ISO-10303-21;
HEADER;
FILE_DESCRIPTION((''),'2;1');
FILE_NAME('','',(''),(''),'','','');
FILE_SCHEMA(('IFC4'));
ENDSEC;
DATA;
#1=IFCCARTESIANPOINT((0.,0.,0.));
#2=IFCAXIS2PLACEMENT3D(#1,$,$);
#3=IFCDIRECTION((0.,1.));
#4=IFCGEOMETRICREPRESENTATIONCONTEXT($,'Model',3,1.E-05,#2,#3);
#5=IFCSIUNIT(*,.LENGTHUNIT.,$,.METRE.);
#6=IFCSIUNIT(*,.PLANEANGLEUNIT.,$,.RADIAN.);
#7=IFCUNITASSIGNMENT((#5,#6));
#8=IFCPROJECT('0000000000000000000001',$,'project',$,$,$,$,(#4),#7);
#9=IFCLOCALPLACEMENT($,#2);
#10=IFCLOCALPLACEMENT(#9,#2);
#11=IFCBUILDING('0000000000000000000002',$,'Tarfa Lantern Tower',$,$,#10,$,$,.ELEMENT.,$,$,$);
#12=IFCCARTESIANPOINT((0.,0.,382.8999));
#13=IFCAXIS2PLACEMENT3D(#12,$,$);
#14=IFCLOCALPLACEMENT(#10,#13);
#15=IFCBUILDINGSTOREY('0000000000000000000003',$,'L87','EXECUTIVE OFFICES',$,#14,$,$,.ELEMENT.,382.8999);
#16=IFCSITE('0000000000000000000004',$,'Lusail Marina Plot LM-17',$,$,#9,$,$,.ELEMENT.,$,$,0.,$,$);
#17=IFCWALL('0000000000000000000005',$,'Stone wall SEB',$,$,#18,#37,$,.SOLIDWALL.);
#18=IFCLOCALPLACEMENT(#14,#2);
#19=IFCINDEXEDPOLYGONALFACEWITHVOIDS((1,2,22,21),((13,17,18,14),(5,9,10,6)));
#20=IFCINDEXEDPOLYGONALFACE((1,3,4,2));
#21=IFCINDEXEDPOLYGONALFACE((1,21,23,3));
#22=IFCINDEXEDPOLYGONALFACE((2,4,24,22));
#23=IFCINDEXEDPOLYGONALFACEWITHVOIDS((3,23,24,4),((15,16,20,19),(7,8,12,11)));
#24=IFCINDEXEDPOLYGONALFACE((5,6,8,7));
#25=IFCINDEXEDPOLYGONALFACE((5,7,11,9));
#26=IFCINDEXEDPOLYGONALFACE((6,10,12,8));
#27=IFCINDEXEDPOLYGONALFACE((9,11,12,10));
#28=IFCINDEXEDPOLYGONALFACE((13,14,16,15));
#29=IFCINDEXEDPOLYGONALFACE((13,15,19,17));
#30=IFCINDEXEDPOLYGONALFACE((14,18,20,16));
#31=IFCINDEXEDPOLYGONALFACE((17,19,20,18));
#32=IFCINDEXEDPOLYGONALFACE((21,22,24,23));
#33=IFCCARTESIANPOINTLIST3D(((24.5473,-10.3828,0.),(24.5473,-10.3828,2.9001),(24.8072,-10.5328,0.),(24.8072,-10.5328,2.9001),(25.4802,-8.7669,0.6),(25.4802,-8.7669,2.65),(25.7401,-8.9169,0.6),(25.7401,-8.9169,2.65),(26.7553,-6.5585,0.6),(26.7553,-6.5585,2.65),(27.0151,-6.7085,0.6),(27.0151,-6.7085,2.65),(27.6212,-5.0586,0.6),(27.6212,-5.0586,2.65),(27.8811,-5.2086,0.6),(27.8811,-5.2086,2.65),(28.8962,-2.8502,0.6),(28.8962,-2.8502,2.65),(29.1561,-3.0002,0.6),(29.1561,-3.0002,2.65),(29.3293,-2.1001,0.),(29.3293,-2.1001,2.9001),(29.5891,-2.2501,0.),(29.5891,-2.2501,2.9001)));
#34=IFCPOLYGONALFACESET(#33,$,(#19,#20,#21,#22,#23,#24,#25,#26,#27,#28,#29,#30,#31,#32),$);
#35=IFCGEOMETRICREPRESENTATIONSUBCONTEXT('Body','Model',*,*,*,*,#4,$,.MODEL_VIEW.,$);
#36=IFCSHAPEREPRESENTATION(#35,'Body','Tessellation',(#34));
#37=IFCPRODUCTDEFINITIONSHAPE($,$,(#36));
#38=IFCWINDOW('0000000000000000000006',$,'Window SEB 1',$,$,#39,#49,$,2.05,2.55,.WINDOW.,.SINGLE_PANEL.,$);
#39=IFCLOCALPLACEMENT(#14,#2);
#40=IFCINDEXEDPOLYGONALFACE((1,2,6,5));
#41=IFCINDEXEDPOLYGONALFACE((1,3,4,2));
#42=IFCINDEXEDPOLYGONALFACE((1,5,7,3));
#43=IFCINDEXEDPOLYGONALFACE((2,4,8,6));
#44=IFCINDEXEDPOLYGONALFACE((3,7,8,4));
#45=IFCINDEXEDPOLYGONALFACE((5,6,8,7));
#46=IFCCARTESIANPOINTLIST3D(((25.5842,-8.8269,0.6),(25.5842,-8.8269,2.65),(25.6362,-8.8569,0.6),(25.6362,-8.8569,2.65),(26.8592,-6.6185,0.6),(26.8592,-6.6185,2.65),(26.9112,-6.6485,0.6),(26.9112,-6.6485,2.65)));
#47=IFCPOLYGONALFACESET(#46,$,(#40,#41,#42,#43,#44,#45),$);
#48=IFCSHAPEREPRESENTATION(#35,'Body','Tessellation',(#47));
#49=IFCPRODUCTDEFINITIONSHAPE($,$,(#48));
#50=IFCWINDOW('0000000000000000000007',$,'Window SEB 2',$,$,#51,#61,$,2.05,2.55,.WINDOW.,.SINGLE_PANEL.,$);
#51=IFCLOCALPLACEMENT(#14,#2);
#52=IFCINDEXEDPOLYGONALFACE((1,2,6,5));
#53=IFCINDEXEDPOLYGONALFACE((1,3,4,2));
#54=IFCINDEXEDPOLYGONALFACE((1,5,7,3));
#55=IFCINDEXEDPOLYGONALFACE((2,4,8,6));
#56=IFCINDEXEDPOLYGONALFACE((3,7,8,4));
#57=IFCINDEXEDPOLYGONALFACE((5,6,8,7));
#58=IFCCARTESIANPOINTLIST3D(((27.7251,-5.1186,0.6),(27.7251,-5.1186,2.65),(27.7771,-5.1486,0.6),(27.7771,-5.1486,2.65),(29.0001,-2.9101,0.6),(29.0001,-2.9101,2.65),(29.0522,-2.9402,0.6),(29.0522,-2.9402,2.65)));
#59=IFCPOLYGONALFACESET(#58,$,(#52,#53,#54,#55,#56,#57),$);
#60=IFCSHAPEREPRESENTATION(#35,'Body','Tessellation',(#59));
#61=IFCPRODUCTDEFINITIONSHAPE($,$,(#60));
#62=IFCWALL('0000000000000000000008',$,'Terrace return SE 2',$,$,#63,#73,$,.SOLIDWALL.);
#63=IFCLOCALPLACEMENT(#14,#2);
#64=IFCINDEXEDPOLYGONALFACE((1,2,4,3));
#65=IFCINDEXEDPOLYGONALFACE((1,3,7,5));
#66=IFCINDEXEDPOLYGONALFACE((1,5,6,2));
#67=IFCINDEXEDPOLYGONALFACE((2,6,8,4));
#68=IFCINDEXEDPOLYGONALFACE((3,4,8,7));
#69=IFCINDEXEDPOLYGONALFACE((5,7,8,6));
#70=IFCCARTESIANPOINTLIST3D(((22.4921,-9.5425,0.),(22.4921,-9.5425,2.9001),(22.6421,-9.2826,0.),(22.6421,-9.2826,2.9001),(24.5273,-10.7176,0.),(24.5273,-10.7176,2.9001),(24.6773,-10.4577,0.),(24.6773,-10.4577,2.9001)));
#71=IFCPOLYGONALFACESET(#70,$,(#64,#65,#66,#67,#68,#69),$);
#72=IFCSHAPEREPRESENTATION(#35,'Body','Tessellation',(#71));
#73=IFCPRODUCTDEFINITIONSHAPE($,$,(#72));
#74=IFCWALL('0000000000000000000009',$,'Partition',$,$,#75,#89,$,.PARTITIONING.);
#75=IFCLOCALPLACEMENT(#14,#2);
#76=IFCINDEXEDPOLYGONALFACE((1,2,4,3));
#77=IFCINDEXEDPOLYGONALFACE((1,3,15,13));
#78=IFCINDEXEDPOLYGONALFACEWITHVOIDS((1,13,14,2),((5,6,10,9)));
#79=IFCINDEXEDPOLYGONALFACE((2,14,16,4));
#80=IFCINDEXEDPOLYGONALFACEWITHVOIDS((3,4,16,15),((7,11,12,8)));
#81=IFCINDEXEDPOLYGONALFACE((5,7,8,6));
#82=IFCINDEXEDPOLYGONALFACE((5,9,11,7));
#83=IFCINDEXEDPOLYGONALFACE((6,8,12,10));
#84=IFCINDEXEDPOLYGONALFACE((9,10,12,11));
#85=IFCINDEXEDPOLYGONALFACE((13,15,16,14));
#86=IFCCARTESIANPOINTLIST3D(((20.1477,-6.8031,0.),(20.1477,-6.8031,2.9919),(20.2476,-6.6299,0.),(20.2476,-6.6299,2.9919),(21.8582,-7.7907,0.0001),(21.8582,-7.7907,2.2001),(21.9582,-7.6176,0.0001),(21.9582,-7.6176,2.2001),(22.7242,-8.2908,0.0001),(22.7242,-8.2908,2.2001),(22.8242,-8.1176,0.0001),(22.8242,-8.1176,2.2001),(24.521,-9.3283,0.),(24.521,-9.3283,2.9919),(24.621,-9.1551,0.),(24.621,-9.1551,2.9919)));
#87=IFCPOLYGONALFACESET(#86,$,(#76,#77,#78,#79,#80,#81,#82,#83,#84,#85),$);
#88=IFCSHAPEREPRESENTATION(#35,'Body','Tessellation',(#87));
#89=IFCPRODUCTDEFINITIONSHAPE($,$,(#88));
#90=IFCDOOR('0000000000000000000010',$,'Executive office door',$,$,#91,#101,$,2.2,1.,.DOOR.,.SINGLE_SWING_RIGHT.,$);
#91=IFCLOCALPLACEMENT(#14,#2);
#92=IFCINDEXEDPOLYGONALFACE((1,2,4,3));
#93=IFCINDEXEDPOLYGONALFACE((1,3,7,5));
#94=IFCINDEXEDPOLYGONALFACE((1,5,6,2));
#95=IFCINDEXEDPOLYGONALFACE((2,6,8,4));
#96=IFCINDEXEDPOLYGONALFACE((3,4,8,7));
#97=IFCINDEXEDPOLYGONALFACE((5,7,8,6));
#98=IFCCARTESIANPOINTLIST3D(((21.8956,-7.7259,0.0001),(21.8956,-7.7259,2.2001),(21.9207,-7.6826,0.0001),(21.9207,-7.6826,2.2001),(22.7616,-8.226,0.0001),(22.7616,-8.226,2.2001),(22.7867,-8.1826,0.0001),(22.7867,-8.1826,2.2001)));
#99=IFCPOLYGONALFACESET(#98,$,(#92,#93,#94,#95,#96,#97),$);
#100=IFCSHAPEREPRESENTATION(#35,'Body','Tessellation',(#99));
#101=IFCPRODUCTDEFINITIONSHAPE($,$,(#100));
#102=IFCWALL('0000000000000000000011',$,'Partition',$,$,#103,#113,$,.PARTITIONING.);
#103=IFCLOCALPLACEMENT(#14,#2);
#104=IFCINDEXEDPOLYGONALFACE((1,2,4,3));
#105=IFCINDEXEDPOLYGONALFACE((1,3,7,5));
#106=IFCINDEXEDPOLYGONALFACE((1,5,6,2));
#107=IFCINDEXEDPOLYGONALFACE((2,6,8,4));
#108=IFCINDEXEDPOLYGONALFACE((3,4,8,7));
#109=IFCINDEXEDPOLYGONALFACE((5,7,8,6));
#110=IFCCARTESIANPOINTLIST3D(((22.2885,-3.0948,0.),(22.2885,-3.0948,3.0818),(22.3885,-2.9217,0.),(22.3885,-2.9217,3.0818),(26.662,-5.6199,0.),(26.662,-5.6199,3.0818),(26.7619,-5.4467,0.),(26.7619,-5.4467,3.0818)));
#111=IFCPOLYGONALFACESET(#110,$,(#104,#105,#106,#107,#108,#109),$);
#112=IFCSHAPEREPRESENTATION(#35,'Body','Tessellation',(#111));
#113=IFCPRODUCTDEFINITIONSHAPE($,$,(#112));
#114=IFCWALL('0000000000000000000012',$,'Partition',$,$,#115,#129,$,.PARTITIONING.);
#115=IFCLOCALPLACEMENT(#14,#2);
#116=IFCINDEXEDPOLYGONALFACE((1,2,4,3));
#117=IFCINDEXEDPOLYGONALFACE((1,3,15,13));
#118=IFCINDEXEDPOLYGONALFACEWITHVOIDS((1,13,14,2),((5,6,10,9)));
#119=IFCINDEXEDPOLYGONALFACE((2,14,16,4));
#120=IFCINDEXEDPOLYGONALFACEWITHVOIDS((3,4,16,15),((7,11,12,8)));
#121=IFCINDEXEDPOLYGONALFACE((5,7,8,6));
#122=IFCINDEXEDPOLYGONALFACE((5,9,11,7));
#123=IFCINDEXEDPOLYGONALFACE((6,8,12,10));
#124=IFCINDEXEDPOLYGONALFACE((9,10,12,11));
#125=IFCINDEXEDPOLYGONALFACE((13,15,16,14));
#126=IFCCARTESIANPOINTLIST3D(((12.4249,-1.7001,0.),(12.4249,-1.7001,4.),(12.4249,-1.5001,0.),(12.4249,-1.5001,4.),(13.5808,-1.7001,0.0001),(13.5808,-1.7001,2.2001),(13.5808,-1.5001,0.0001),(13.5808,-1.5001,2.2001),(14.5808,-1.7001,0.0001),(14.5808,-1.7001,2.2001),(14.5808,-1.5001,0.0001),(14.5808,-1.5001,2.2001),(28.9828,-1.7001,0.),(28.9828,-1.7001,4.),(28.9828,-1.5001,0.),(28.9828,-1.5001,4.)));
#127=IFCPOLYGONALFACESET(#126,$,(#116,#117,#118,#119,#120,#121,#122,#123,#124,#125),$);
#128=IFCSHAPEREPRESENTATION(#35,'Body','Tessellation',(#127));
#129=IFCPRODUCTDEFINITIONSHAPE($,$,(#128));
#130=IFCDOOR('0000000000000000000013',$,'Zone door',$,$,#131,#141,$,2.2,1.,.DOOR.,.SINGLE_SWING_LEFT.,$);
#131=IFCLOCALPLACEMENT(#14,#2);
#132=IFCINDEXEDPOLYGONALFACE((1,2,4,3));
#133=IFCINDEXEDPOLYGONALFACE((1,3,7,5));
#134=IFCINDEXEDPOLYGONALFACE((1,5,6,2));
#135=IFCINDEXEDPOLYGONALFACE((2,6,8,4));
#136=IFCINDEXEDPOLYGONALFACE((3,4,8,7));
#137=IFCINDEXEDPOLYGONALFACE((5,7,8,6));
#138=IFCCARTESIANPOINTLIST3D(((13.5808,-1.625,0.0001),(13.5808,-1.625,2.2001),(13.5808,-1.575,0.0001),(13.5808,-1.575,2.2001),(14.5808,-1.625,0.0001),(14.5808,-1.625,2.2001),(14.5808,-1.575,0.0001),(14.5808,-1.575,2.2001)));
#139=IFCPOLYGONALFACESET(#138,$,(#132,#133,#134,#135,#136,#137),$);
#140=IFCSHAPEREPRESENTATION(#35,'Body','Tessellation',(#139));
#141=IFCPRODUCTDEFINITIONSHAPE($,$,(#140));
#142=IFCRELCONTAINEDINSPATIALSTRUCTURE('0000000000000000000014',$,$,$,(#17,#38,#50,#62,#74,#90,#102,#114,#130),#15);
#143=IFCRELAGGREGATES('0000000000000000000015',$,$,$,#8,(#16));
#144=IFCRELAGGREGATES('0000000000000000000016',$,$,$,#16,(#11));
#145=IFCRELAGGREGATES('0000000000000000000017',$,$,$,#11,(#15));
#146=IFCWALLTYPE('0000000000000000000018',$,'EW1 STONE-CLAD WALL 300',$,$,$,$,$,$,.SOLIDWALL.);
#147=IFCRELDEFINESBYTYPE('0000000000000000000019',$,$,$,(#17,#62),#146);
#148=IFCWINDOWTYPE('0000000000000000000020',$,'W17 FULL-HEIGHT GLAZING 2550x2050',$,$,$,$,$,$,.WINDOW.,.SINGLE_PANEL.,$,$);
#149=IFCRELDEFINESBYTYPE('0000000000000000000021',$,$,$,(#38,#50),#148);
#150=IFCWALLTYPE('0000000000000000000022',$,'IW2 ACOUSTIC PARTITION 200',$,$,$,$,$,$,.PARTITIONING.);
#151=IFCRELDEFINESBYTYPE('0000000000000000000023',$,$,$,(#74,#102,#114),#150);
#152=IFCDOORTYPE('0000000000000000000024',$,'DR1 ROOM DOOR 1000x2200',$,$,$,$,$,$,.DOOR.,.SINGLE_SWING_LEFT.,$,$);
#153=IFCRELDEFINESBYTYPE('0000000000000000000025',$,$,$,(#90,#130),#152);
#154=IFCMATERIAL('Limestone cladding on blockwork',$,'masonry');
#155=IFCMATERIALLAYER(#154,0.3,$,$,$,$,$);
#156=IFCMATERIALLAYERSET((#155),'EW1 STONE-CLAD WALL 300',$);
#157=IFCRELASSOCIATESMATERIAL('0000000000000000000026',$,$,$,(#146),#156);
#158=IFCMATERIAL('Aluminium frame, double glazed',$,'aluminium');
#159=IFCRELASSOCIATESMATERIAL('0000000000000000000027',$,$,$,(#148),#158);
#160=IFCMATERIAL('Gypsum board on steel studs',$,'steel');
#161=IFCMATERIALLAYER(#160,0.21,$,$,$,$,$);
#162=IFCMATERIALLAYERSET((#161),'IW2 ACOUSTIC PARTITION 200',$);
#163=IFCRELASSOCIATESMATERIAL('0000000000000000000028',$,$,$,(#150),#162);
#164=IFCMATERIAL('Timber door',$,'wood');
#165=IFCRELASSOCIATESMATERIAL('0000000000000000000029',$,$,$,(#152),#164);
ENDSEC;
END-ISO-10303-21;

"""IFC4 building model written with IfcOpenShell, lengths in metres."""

from ifc_helpers import new_model, si_unit, direction, frame, frame_2d, origin, place, context, subcontext, project, spatial, rectangle, extrude, material, layer, layer_set, type_object, element, fill, save


model = new_model("IFC4")

# Units and contexts
model_context = context("Model", 3, precision=1e-05, world=origin(), true_north=direction((0.0, 1.0)))
body_context = subcontext(model_context, "Body", "Model", "MODEL_VIEW")
ifc_project = project(units=[si_unit("LENGTHUNIT", "METRE"), si_unit("PLANEANGLEUNIT", "RADIAN")], contexts=[model_context])

# Site, building, storey
site_placement = place(None, origin())
site = spatial("IfcSite", under=ifc_project, at=site_placement, Name="Lusail Marina Plot LM-17", CompositionType="ELEMENT", RefElevation=0.0)
building_placement = place(site_placement, origin())
building = spatial("IfcBuilding", under=site, at=building_placement, Name="Tarfa Lantern Tower", CompositionType="ELEMENT")
storey_placement = place(building_placement, frame((0.0, 0.0, 382.8999)))
storey = spatial("IfcBuildingStorey", under=building, at=storey_placement, Name="L87", Description="EXECUTIVE OFFICES", CompositionType="ELEMENT", Elevation=382.8999)

# Wall, openings, windows
ifc_material_1 = material(Name="Limestone cladding on blockwork", Category="masonry")
ifc_layer_1 = layer(ifc_material_1, 0.3)
ifc_layer_set_1 = layer_set([ifc_layer_1], Name="EW1 STONE-CLAD WALL 300")
wall_type_1 = type_object("IfcWallType", Name="EW1 STONE-CLAD WALL 300", PredefinedType="SOLIDWALL", material=ifc_layer_set_1)
wall_1_placement = place(storey_placement, frame((24.6772, -10.4578, 0.0), z_axis=(0.0, 0.0, 1.0), x_axis=(0.499996, 0.866027, 0.0)))
wall_1 = element("IfcWall", 1, at=wall_1_placement, inside=storey, type_object=wall_type_1, Name="Stone wall SEB", PredefinedType="SOLIDWALL", context=body_context, shape_type="SweptSolid", body=[
    extrude(rectangle(XDim=9.564, YDim=0.3, at=frame_2d((4.782, 0.0))), origin(), (0.0, 0.0, 1.0), 2.9001),
])
opening_1_placement = place(wall_1_placement, frame((1.866, 0.0, 0.6001)))
opening_1 = element("IfcOpeningElement", 2, at=opening_1_placement, cuts=wall_1, PredefinedType="OPENING", context=body_context, shape_type="SweptSolid", body=[
    extrude(rectangle(XDim=2.55, YDim=2.05, at=frame_2d((1.2749, 1.0249))), frame((0.0, 0.1599, 0.0), z_axis=(0.0, -1.0, 0.0), x_axis=(1.0, 0.0, 0.0)), (0.0, 0.0, 1.0), 0.3201),
])
opening_2_placement = place(wall_1_placement, frame((6.1479, 0.0, 0.6001)))
opening_2 = element("IfcOpeningElement", 3, at=opening_2_placement, cuts=wall_1, PredefinedType="OPENING", context=body_context, shape_type="SweptSolid", body=[
    extrude(rectangle(XDim=2.55, YDim=2.05, at=frame_2d((1.2749, 1.0249))), frame((0.0, 0.1599, 0.0), z_axis=(0.0, -1.0, 0.0), x_axis=(1.0, 0.0, 0.0)), (0.0, 0.0, 1.0), 0.3201),
])
ifc_material_2 = material(Name="Aluminium frame, double glazed", Category="aluminium")
window_type = type_object("IfcWindowType", Name="W17 FULL-HEIGHT GLAZING 2550x2050", PartitioningType="SINGLE_PANEL", PredefinedType="WINDOW", material=ifc_material_2)
window_1_placement = place(opening_1_placement, origin())
window_1 = element("IfcWindow", 4, at=window_1_placement, inside=storey, type_object=window_type, Name="Window SEB 1", OverallHeight=2.05, OverallWidth=2.55, PartitioningType="SINGLE_PANEL", PredefinedType="WINDOW", context=body_context, shape_type="SweptSolid", body=[
    extrude(rectangle(XDim=2.55, YDim=2.05, at=frame_2d((1.2749, 1.0249))), frame((0.0, 0.03, 0.0), z_axis=(0.0, -1.0, 0.0), x_axis=(1.0, 0.0, 0.0)), (0.0, 0.0, 1.0), 0.0601),
])
fill(opening_1, window_1)
window_2_placement = place(opening_2_placement, origin())
window_2 = element("IfcWindow", 5, at=window_2_placement, inside=storey, type_object=window_type, Name="Window SEB 2", OverallHeight=2.05, OverallWidth=2.55, PartitioningType="SINGLE_PANEL", PredefinedType="WINDOW", context=body_context, shape_type="SweptSolid", body=[
    extrude(rectangle(XDim=2.55, YDim=2.05, at=frame_2d((1.2749, 1.0249))), frame((0.0, 0.03, 0.0), z_axis=(0.0, -1.0, 0.0), x_axis=(1.0, 0.0, 0.0)), (0.0, 0.0, 1.0), 0.0601),
])
fill(opening_2, window_2)

# Wall
wall_2_placement = place(storey_placement, frame((24.6023, -10.5876, 0.0), z_axis=(0.0, 0.0, 1.0), x_axis=(-0.866016, 0.500016, 0.0)))
element("IfcWall", 6, at=wall_2_placement, inside=storey, type_object=wall_type_1, Name="Terrace return SE 2", PredefinedType="SOLIDWALL", context=body_context, shape_type="SweptSolid", body=[
    extrude(rectangle(XDim=2.3501, YDim=0.3, at=frame_2d((1.175, 0.0))), origin(), (0.0, 0.0, 1.0), 2.9001),
])

# Wall, opening, door
ifc_material_3 = material(Name="Gypsum board on steel studs", Category="steel")
ifc_layer_2 = layer(ifc_material_3, 0.21)
ifc_layer_set_2 = layer_set([ifc_layer_2], Name="IW2 ACOUSTIC PARTITION 200")
wall_type_2 = type_object("IfcWallType", Name="IW2 ACOUSTIC PARTITION 200", PredefinedType="PARTITIONING", material=ifc_layer_set_2)
wall_3_placement = place(storey_placement, frame((20.1978, -6.7166, 0.0), z_axis=(0.0, 0.0, 1.0), x_axis=(0.866006, -0.500034, 0.0)))
wall_3 = element("IfcWall", 7, at=wall_3_placement, inside=storey, type_object=wall_type_2, Name="Partition", PredefinedType="PARTITIONING", context=body_context, shape_type="SweptSolid", body=[
    extrude(rectangle(XDim=5.05, YDim=0.2, at=frame_2d((2.5249, 0.0))), origin(), (0.0, 0.0, 1.0), 2.9919),
])
opening_3_placement = place(wall_3_placement, frame((1.9751, 0.0, 0.0)))
opening_3 = element("IfcOpeningElement", 8, at=opening_3_placement, cuts=wall_3, PredefinedType="OPENING", context=body_context, shape_type="SweptSolid", body=[
    extrude(rectangle(XDim=1.0, YDim=2.2, at=frame_2d((0.5, 1.1001))), frame((0.0, 0.1099, 0.0), z_axis=(0.0, -1.0, 0.0), x_axis=(1.0, 0.0, 0.0)), (0.0, 0.0, 1.0), 0.22),
])
ifc_material_4 = material(Name="Timber door", Category="wood")
door_type_1 = type_object("IfcDoorType", Name="DR1 ROOM DOOR 1000x2200", OperationType="SINGLE_SWING_LEFT", PredefinedType="DOOR", material=ifc_material_4)
door_1_placement = place(opening_3_placement, origin())
door_1 = element("IfcDoor", 9, at=door_1_placement, inside=storey, type_object=door_type_1, Name="Executive office door", OperationType="SINGLE_SWING_RIGHT", OverallHeight=2.2, OverallWidth=1.0, PredefinedType="DOOR", context=body_context, shape_type="SweptSolid", body=[
    extrude(rectangle(XDim=1.0, YDim=2.2, at=frame_2d((0.5, 1.1001))), frame((0.0, 0.0249, 0.0), z_axis=(0.0, -1.0, 0.0), x_axis=(1.0, 0.0, 0.0)), (0.0, 0.0, 1.0), 0.05),
])
fill(opening_3, door_1)

# Wall
wall_4_placement = place(storey_placement, frame((22.3386, -3.0083, 0.0), z_axis=(0.0, 0.0, 1.0), x_axis=(0.866018, -0.500013, 0.0)))
element("IfcWall", 10, at=wall_4_placement, inside=storey, type_object=wall_type_2, Name="Partition", PredefinedType="PARTITIONING", context=body_context, shape_type="SweptSolid", body=[
    extrude(rectangle(XDim=5.05, YDim=0.2, at=frame_2d((2.5249, 0.0))), origin(), (0.0, 0.0, 1.0), 3.0818),
])

# Wall, opening, door
wall_5_placement = place(storey_placement, frame((12.425, -1.6001, 0.0), z_axis=(0.0, 0.0, 1.0), x_axis=(1.0, 0.0, 0.0)))
wall_5 = element("IfcWall", 11, at=wall_5_placement, inside=storey, type_object=wall_type_2, Name="Partition", PredefinedType="PARTITIONING", context=body_context, shape_type="SweptSolid", body=[
    extrude(rectangle(XDim=16.5579, YDim=0.2, at=frame_2d((8.2788, 0.0))), origin(), (0.0, 0.0, 1.0), 4.0),
])
opening_4_placement = place(wall_5_placement, frame((1.1558, 0.0, 0.0)))
opening_4 = element("IfcOpeningElement", 12, at=opening_4_placement, cuts=wall_5, PredefinedType="OPENING", context=body_context, shape_type="SweptSolid", body=[
    extrude(rectangle(XDim=1.0, YDim=2.2, at=frame_2d((0.5, 1.1001))), frame((0.0, 0.1099, 0.0), z_axis=(0.0, -1.0, 0.0), x_axis=(1.0, 0.0, 0.0)), (0.0, 0.0, 1.0), 0.22),
])
door_2_placement = place(opening_4_placement, frame((1.0, 0.0, 0.0), z_axis=(0.0, 0.0, 1.0), x_axis=(-1.0, 0.0, 0.0)))
door_2 = element("IfcDoor", 13, at=door_2_placement, inside=storey, type_object=door_type_1, Name="Zone door", OperationType="SINGLE_SWING_LEFT", OverallHeight=2.2, OverallWidth=1.0, PredefinedType="DOOR", context=body_context, shape_type="SweptSolid", body=[
    extrude(rectangle(XDim=1.0, YDim=2.2, at=frame_2d((0.5, 1.1001))), frame((0.0, 0.0249, 0.0), z_axis=(0.0, -1.0, 0.0), x_axis=(1.0, 0.0, 0.0)), (0.0, 0.0, 1.0), 0.05),
])
fill(opening_4, door_2)

save(model, "model.ifc")
